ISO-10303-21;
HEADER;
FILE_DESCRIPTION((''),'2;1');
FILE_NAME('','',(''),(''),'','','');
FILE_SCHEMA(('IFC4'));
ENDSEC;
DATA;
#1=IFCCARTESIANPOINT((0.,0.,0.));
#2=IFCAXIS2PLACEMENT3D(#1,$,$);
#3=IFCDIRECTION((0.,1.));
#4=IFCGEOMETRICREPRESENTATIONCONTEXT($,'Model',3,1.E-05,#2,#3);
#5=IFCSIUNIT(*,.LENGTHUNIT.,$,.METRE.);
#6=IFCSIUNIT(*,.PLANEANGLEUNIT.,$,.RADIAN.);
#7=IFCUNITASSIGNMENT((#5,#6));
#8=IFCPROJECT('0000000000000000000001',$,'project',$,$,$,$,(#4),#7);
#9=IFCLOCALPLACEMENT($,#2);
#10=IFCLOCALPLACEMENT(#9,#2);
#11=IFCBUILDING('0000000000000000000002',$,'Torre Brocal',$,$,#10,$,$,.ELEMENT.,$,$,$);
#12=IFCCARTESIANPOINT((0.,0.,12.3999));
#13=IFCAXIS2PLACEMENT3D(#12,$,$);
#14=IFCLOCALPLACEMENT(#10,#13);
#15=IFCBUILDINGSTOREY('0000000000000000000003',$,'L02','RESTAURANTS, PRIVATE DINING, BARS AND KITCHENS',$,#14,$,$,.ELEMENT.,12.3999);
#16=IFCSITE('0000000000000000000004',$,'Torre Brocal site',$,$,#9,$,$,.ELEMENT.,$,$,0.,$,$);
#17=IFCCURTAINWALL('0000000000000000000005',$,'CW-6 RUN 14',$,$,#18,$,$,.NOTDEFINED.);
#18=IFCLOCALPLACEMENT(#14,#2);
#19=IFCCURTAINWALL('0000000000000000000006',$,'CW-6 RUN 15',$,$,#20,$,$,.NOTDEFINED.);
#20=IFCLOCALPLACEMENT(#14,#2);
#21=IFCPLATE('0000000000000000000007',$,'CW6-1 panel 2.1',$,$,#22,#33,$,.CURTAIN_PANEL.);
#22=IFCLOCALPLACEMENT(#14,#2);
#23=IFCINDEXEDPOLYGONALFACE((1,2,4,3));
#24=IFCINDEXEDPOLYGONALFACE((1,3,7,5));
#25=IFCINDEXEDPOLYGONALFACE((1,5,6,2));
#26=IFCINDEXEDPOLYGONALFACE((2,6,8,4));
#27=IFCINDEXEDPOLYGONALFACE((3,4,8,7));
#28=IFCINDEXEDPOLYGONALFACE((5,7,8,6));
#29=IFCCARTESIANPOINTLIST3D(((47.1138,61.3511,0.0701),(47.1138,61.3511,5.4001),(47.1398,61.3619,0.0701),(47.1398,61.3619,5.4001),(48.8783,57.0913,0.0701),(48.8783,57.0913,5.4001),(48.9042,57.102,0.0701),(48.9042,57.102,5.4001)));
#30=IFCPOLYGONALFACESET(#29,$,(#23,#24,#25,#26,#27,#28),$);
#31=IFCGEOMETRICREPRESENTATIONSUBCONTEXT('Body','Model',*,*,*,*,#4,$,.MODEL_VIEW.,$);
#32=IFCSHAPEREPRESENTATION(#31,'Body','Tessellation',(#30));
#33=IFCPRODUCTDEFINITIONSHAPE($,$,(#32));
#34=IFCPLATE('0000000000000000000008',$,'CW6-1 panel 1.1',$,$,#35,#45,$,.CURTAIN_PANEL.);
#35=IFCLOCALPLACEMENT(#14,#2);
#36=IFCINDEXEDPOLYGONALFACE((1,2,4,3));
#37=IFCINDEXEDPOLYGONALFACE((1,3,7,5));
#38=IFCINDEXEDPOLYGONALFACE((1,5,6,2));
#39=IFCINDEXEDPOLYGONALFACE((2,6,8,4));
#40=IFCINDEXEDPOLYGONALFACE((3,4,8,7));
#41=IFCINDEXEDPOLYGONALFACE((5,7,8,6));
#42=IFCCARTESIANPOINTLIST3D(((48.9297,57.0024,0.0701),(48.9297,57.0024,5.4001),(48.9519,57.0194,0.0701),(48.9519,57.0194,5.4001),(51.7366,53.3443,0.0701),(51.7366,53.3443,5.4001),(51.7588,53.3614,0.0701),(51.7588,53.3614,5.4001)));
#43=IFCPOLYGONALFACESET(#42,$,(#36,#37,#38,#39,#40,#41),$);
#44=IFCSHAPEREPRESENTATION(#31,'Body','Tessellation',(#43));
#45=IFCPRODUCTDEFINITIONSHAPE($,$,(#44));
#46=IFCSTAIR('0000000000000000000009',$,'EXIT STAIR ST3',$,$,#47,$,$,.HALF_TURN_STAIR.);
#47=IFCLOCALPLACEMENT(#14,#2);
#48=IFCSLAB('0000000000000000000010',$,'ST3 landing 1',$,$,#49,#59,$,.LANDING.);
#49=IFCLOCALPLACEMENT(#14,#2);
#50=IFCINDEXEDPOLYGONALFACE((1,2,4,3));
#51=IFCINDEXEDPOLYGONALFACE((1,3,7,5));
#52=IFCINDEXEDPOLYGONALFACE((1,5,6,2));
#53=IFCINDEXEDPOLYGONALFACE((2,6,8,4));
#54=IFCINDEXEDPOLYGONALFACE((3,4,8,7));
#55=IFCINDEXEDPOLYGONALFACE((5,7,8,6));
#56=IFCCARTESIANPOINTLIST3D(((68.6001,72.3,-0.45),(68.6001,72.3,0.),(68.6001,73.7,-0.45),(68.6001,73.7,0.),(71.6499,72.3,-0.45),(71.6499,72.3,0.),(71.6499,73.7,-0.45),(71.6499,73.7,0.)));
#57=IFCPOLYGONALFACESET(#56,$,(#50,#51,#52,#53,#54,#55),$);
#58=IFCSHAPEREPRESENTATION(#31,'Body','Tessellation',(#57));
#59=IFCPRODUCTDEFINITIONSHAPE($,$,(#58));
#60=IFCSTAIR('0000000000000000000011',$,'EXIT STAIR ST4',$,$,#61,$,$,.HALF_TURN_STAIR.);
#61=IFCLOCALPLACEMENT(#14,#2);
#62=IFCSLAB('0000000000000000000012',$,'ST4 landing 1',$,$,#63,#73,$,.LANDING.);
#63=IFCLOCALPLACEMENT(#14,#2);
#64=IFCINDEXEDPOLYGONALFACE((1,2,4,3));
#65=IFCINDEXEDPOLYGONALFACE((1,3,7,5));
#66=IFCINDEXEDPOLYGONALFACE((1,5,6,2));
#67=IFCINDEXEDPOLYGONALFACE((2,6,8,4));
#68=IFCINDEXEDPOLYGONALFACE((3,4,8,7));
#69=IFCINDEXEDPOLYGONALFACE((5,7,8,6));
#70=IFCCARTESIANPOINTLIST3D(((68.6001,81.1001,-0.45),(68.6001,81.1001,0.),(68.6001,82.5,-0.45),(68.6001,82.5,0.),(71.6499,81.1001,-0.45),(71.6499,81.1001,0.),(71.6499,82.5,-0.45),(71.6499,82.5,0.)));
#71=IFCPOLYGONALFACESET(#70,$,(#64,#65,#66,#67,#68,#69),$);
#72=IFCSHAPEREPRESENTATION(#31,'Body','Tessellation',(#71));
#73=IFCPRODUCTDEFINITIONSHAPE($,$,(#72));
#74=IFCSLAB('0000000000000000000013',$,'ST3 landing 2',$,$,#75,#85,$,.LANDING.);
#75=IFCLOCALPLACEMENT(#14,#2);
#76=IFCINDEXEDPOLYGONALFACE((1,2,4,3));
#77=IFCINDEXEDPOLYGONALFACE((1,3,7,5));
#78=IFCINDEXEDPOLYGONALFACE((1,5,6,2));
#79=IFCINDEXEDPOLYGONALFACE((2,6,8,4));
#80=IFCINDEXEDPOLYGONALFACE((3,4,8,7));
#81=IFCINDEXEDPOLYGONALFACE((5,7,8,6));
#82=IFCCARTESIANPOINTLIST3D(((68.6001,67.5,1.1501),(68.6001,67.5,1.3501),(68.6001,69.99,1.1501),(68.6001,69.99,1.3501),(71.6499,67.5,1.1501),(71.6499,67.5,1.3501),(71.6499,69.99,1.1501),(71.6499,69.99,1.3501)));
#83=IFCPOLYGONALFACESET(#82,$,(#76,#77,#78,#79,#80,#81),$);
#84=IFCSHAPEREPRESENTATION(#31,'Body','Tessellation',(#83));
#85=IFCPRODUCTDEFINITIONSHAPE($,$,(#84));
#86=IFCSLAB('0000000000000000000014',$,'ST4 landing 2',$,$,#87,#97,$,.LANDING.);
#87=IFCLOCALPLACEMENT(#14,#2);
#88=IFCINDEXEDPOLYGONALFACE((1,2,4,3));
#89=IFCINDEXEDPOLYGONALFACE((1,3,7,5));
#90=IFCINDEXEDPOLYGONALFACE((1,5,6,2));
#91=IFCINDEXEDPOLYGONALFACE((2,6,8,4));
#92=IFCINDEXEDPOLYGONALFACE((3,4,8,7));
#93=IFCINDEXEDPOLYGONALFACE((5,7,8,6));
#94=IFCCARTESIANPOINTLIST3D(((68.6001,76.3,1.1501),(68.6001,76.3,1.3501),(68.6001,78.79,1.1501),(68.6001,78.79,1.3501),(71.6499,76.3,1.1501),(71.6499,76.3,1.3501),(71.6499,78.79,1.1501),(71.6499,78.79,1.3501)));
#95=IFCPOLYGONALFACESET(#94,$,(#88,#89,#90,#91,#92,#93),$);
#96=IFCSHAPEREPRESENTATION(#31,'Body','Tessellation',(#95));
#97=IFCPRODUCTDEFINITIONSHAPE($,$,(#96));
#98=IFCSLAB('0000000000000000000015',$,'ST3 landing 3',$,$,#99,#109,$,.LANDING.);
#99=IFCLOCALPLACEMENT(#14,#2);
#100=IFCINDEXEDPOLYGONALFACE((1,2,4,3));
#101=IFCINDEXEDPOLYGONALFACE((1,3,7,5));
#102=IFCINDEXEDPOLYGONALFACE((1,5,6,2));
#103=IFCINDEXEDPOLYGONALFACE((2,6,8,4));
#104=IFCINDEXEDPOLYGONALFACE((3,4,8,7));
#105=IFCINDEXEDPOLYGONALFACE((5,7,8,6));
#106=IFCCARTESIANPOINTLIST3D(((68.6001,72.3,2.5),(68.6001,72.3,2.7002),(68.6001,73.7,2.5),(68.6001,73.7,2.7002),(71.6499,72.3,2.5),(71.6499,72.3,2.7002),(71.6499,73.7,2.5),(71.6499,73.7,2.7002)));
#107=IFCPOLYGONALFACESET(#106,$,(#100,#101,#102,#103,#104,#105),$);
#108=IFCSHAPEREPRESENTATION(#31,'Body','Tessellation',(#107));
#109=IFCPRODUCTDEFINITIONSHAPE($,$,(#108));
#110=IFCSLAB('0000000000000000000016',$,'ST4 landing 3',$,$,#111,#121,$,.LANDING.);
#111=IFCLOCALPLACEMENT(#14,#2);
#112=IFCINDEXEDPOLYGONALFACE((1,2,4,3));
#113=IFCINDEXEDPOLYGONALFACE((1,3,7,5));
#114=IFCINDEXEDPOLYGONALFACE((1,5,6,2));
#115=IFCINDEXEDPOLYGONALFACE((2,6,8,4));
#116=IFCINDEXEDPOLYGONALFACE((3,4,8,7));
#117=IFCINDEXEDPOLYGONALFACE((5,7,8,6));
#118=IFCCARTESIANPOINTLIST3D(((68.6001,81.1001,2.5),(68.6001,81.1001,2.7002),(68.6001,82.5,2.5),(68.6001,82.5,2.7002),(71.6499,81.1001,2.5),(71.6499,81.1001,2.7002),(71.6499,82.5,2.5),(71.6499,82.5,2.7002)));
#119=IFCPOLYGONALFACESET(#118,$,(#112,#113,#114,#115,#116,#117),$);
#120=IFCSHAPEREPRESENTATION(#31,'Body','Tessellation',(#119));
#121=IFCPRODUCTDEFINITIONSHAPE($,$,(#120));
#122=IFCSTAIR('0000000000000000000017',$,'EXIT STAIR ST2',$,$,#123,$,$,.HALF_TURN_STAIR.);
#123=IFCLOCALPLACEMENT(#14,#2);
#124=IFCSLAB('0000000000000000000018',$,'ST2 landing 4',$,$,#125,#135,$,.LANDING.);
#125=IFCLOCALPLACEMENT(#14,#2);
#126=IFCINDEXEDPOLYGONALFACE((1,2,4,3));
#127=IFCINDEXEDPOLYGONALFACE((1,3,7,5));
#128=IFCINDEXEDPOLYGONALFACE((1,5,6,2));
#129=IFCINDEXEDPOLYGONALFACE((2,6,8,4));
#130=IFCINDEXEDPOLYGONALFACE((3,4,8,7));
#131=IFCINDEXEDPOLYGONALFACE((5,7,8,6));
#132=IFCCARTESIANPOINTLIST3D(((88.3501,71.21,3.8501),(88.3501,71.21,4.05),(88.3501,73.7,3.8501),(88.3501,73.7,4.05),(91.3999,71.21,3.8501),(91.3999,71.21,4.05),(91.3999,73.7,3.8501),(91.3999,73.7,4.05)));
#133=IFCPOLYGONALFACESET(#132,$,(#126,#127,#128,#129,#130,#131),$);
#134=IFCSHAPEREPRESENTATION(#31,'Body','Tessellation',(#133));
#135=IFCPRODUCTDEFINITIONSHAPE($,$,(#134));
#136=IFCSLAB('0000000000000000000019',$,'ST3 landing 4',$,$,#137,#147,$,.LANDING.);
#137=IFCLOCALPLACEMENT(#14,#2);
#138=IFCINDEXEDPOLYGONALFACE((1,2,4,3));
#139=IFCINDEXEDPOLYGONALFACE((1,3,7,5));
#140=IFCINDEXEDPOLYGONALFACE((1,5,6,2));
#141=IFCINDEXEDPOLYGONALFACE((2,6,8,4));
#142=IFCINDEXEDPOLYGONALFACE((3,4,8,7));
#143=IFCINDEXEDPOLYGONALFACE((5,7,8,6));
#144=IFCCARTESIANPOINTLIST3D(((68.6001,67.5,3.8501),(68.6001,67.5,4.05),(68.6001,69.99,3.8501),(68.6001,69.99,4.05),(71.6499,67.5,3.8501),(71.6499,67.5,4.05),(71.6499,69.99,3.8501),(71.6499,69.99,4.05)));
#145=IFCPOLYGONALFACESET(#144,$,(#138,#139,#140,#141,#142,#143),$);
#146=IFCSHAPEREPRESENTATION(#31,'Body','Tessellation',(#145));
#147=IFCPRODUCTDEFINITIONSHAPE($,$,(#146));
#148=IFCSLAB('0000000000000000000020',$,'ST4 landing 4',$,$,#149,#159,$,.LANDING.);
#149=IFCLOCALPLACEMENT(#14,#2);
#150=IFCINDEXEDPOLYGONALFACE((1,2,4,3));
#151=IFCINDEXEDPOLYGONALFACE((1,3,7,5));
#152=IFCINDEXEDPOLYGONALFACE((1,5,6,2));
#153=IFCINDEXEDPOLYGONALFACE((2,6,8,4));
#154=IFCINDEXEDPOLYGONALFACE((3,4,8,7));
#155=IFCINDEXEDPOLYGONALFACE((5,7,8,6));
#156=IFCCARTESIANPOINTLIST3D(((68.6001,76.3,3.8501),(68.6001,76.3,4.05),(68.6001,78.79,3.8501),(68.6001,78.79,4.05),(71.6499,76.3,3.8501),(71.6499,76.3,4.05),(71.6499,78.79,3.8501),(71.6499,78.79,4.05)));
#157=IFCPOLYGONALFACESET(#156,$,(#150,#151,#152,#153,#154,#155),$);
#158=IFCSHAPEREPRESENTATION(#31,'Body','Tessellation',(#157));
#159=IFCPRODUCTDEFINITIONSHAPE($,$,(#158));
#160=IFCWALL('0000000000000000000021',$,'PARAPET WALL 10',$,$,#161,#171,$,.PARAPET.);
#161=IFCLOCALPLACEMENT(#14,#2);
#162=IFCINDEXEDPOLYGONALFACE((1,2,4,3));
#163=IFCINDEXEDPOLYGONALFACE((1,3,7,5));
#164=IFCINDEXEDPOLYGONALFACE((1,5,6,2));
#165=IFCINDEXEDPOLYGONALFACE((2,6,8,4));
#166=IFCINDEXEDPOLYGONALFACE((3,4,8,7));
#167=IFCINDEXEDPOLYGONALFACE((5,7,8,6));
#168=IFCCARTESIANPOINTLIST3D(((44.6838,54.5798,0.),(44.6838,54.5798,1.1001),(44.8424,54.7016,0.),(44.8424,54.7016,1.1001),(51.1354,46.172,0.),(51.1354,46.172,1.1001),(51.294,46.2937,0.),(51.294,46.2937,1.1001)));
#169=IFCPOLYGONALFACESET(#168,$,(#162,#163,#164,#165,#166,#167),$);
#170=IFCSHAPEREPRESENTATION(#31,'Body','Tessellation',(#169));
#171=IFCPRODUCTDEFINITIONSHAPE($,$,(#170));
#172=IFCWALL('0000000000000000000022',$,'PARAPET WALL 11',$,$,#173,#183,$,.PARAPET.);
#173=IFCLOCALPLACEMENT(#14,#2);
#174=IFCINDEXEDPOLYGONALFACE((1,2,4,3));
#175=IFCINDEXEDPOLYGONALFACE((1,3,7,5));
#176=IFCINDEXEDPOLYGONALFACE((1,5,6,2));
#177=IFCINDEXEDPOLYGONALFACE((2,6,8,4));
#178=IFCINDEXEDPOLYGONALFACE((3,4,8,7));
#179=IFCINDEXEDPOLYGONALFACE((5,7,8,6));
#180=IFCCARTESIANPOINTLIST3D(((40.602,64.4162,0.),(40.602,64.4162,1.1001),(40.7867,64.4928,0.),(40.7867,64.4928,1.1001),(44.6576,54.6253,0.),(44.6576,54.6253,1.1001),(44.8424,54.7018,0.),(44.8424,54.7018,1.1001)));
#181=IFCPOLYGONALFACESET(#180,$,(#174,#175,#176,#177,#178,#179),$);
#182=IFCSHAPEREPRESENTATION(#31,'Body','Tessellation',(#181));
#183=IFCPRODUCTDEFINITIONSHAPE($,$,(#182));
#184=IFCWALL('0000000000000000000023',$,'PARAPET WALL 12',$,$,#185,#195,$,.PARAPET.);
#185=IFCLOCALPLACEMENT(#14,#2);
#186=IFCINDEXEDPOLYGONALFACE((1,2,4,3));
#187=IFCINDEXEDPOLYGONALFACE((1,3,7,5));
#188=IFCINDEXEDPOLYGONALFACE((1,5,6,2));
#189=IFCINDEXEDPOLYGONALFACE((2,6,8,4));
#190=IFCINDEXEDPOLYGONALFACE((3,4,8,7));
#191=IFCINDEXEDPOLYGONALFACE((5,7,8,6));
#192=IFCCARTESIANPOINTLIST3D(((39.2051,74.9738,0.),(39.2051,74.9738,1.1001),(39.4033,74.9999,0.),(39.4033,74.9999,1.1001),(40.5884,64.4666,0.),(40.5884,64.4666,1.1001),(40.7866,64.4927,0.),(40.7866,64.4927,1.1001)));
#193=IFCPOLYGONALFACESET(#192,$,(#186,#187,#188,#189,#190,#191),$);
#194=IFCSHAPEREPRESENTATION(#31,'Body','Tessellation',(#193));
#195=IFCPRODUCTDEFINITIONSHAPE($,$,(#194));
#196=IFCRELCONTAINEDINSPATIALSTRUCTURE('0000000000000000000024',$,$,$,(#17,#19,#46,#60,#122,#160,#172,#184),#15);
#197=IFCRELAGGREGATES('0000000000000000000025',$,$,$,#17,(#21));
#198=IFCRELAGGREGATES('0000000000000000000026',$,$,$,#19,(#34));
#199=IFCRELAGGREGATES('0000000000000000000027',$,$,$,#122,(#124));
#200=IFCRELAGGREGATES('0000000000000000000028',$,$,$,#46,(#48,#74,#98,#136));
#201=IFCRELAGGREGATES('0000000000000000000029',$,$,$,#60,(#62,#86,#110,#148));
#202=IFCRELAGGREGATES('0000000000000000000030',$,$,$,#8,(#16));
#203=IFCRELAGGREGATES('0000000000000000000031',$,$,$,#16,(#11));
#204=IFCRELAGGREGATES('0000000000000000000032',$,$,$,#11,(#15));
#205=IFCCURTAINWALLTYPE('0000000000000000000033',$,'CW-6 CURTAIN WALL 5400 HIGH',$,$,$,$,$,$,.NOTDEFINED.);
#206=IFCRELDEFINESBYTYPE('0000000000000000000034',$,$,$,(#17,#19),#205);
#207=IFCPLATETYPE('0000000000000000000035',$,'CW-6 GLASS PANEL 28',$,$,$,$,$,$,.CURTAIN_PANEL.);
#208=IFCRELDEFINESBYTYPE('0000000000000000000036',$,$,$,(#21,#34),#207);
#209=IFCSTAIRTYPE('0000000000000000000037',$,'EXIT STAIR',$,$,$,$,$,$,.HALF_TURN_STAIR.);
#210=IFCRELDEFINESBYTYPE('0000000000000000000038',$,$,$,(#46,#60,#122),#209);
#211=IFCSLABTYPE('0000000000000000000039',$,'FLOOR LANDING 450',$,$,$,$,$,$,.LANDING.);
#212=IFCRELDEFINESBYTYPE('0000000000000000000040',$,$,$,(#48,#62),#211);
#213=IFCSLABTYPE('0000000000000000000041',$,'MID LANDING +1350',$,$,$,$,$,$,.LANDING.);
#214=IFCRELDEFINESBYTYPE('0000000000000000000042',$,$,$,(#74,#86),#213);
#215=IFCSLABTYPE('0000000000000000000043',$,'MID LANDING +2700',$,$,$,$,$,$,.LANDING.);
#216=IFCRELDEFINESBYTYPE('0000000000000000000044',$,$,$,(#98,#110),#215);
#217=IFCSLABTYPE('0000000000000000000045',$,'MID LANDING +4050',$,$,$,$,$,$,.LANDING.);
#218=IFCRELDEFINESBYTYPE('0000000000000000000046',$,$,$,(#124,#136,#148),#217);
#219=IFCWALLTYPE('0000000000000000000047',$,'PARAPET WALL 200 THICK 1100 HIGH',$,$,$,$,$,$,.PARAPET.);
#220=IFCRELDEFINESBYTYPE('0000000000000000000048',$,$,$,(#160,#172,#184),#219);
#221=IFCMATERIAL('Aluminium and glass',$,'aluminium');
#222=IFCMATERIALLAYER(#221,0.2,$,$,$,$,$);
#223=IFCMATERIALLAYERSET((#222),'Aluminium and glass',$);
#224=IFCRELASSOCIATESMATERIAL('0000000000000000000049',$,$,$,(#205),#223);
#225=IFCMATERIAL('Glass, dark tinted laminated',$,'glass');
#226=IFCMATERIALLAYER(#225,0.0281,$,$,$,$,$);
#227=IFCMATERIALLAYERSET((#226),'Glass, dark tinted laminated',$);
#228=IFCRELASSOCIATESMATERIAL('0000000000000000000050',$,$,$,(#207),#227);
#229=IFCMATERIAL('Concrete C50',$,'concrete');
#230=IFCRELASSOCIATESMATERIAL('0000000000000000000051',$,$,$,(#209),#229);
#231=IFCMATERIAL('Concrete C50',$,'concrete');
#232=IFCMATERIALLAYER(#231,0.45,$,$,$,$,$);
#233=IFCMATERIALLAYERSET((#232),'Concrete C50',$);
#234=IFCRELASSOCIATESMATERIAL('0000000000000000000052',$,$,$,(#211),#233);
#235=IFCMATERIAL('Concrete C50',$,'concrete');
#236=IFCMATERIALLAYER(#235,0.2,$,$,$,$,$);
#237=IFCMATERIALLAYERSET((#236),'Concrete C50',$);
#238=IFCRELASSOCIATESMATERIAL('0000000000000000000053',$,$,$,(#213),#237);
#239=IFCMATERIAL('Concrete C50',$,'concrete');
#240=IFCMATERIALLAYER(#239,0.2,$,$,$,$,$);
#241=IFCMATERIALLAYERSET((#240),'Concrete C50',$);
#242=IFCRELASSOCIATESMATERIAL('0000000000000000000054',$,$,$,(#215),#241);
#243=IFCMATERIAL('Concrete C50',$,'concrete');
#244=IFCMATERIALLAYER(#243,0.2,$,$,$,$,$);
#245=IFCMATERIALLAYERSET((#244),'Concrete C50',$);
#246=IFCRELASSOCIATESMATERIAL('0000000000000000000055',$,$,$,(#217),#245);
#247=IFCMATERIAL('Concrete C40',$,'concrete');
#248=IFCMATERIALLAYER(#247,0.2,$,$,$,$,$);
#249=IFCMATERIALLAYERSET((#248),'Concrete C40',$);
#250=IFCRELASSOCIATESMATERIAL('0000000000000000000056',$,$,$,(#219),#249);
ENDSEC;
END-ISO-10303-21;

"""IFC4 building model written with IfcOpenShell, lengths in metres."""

from ifc_helpers import new_model, si_unit, direction, frame, frame_2d, origin, origin_2d, place, context, subcontext, project, spatial, polyline, rectangle, outline, extrude, material, layer, layer_set, type_object, element, aggregate, save


model = new_model("IFC4")

# Units and contexts
model_context = context("Model", 3, precision=1e-05, world=origin(), true_north=direction((0.0, 1.0)))
body_context = subcontext(model_context, "Body", "Model", "MODEL_VIEW")
ifc_project = project(units=[si_unit("LENGTHUNIT", "METRE"), si_unit("PLANEANGLEUNIT", "RADIAN")], contexts=[model_context])

# Site, building, storey
site_placement = place(None, origin())
site = spatial("IfcSite", under=ifc_project, at=site_placement, Name="Torre Brocal site", CompositionType="ELEMENT", RefElevation=0.0)
building_placement = place(site_placement, origin())
building = spatial("IfcBuilding", under=site, at=building_placement, Name="Torre Brocal", CompositionType="ELEMENT")
storey_placement = place(building_placement, frame((0.0, 0.0, 12.3999)))
storey = spatial("IfcBuildingStorey", under=building, at=storey_placement, Name="L02", Description="RESTAURANTS, PRIVATE DINING, BARS AND KITCHENS", CompositionType="ELEMENT", Elevation=12.3999)

# Curtain walls
ifc_material_1 = material(Name="Aluminium and glass", Category="aluminium")
ifc_layer_1 = layer(ifc_material_1, 0.2)
ifc_layer_set_1 = layer_set([ifc_layer_1], Name="Aluminium and glass")
curtain_wall_type = type_object("IfcCurtainWallType", Name="CW-6 CURTAIN WALL 5400 HIGH", PredefinedType="NOTDEFINED", material=ifc_layer_set_1)
curtain_wall_1_placement = place(storey_placement, origin())
curtain_wall_1 = element("IfcCurtainWall", 1, at=curtain_wall_1_placement, inside=storey, type_object=curtain_wall_type, Name="CW-6 RUN 14", PredefinedType="NOTDEFINED")
curtain_wall_2_placement = place(storey_placement, origin())
curtain_wall_2 = element("IfcCurtainWall", 2, at=curtain_wall_2_placement, inside=storey, type_object=curtain_wall_type, Name="CW-6 RUN 15", PredefinedType="NOTDEFINED")

# Plates
ifc_material_2 = material(Name="Glass, dark tinted laminated", Category="glass")
ifc_layer_2 = layer(ifc_material_2, 0.0281)
ifc_layer_set_2 = layer_set([ifc_layer_2], Name="Glass, dark tinted laminated")
plate_type = type_object("IfcPlateType", Name="CW-6 GLASS PANEL 28", PredefinedType="CURTAIN_PANEL", material=ifc_layer_set_2)
plate_1_placement = place(storey_placement, frame((48.009, 59.2266, 0.0701), z_axis=(0.0, 0.0, 1.0), x_axis=(0.382683, -0.92388, 0.0)))
plate_1 = element("IfcPlate", 3, at=plate_1_placement, type_object=plate_type, Name="CW6-1 panel 2.1", PredefinedType="CURTAIN_PANEL", context=body_context, shape_type="SweptSolid", body=[
    extrude(rectangle(XDim=4.6108, YDim=0.0281, at=origin_2d()), origin(), (0.0, 0.0, 1.0), 5.3301),
])
aggregate(curtain_wall_1, [plate_1])
plate_2_placement = place(storey_placement, frame((50.3442, 55.1819, 0.0701), z_axis=(0.0, 0.0, 1.0), x_axis=(0.608761, -0.793353, 0.0)))
plate_2 = element("IfcPlate", 4, at=plate_2_placement, type_object=plate_type, Name="CW6-1 panel 1.1", PredefinedType="CURTAIN_PANEL", context=body_context, shape_type="SweptSolid", body=[
    extrude(rectangle(XDim=4.6108, YDim=0.0281, at=origin_2d()), origin(), (0.0, 0.0, 1.0), 5.3301),
])
aggregate(curtain_wall_2, [plate_2])

# Stairs, slabs
ifc_material_3 = material(Name="Concrete C50", Category="concrete")
stair_type = type_object("IfcStairType", Name="EXIT STAIR", PredefinedType="HALF_TURN_STAIR", material=ifc_material_3)
stair_1_placement = place(storey_placement, origin())
stair_1 = element("IfcStair", 5, at=stair_1_placement, inside=storey, type_object=stair_type, Name="EXIT STAIR ST3", PredefinedType="HALF_TURN_STAIR")
ifc_material_4 = material(Name="Concrete C50", Category="concrete")
ifc_layer_3 = layer(ifc_material_4, 0.45)
ifc_layer_set_3 = layer_set([ifc_layer_3], Name="Concrete C50")
slab_type_1 = type_object("IfcSlabType", Name="FLOOR LANDING 450", PredefinedType="LANDING", material=ifc_layer_set_3)
slab_1_placement = place(storey_placement, frame((0.0, 0.0, -0.45)))
slab_1 = element("IfcSlab", 6, at=slab_1_placement, type_object=slab_type_1, Name="ST3 landing 1", PredefinedType="LANDING", context=body_context, shape_type="SweptSolid", body=[
    extrude(outline(polyline([(71.6499, 73.7), (68.6001, 73.7), (68.6001, 72.3), (71.6499, 72.3), (71.6499, 73.7)])), origin(), (0.0, 0.0, 1.0), 0.45),
])
stair_2_placement = place(storey_placement, origin())
stair_2 = element("IfcStair", 7, at=stair_2_placement, inside=storey, type_object=stair_type, Name="EXIT STAIR ST4", PredefinedType="HALF_TURN_STAIR")
slab_2_placement = place(storey_placement, frame((0.0, 0.0, -0.45)))
slab_2 = element("IfcSlab", 8, at=slab_2_placement, type_object=slab_type_1, Name="ST4 landing 1", PredefinedType="LANDING", context=body_context, shape_type="SweptSolid", body=[
    extrude(outline(polyline([(71.6499, 82.5), (68.6001, 82.5), (68.6001, 81.1001), (71.6499, 81.1001), (71.6499, 82.5)])), origin(), (0.0, 0.0, 1.0), 0.45),
])

# Slabs
ifc_material_5 = material(Name="Concrete C50", Category="concrete")
ifc_layer_4 = layer(ifc_material_5, 0.2)
ifc_layer_set_4 = layer_set([ifc_layer_4], Name="Concrete C50")
slab_type_2 = type_object("IfcSlabType", Name="MID LANDING +1350", PredefinedType="LANDING", material=ifc_layer_set_4)
slab_3_placement = place(storey_placement, frame((0.0, 0.0, 1.1501)))
slab_3 = element("IfcSlab", 9, at=slab_3_placement, type_object=slab_type_2, Name="ST3 landing 2", PredefinedType="LANDING", context=body_context, shape_type="SweptSolid", body=[
    extrude(outline(polyline([(71.6499, 69.99), (68.6001, 69.99), (68.6001, 67.5), (71.6499, 67.5), (71.6499, 69.99)])), origin(), (0.0, 0.0, 1.0), 0.2),
])
slab_4_placement = place(storey_placement, frame((0.0, 0.0, 1.1501)))
slab_4 = element("IfcSlab", 10, at=slab_4_placement, type_object=slab_type_2, Name="ST4 landing 2", PredefinedType="LANDING", context=body_context, shape_type="SweptSolid", body=[
    extrude(outline(polyline([(71.6499, 78.79), (68.6001, 78.79), (68.6001, 76.3), (71.6499, 76.3), (71.6499, 78.79)])), origin(), (0.0, 0.0, 1.0), 0.2),
])
ifc_material_6 = material(Name="Concrete C50", Category="concrete")
ifc_layer_5 = layer(ifc_material_6, 0.2)
ifc_layer_set_5 = layer_set([ifc_layer_5], Name="Concrete C50")
slab_type_3 = type_object("IfcSlabType", Name="MID LANDING +2700", PredefinedType="LANDING", material=ifc_layer_set_5)
slab_5_placement = place(storey_placement, frame((0.0, 0.0, 2.5)))
slab_5 = element("IfcSlab", 11, at=slab_5_placement, type_object=slab_type_3, Name="ST3 landing 3", PredefinedType="LANDING", context=body_context, shape_type="SweptSolid", body=[
    extrude(outline(polyline([(71.6499, 73.7), (68.6001, 73.7), (68.6001, 72.3), (71.6499, 72.3), (71.6499, 73.7)])), origin(), (0.0, 0.0, 1.0), 0.2002),
])
slab_6_placement = place(storey_placement, frame((0.0, 0.0, 2.5)))
slab_6 = element("IfcSlab", 12, at=slab_6_placement, type_object=slab_type_3, Name="ST4 landing 3", PredefinedType="LANDING", context=body_context, shape_type="SweptSolid", body=[
    extrude(outline(polyline([(71.6499, 82.5), (68.6001, 82.5), (68.6001, 81.1001), (71.6499, 81.1001), (71.6499, 82.5)])), origin(), (0.0, 0.0, 1.0), 0.2002),
])

# Stair, slab
stair_3_placement = place(storey_placement, origin())
stair_3 = element("IfcStair", 13, at=stair_3_placement, inside=storey, type_object=stair_type, Name="EXIT STAIR ST2", PredefinedType="HALF_TURN_STAIR")
ifc_material_7 = material(Name="Concrete C50", Category="concrete")
ifc_layer_6 = layer(ifc_material_7, 0.2)
ifc_layer_set_6 = layer_set([ifc_layer_6], Name="Concrete C50")
slab_type_4 = type_object("IfcSlabType", Name="MID LANDING +4050", PredefinedType="LANDING", material=ifc_layer_set_6)
slab_7_placement = place(storey_placement, frame((0.0, 0.0, 3.8501)))
slab_7 = element("IfcSlab", 14, at=slab_7_placement, type_object=slab_type_4, Name="ST2 landing 4", PredefinedType="LANDING", context=body_context, shape_type="SweptSolid", body=[
    extrude(outline(polyline([(88.3501, 71.21), (91.3999, 71.21), (91.3999, 73.7), (88.3501, 73.7), (88.3501, 71.21)])), origin(), (0.0, 0.0, 1.0), 0.2),
])
aggregate(stair_3, [slab_7])

# Slabs
slab_8_placement = place(storey_placement, frame((0.0, 0.0, 3.8501)))
slab_8 = element("IfcSlab", 15, at=slab_8_placement, type_object=slab_type_4, Name="ST3 landing 4", PredefinedType="LANDING", context=body_context, shape_type="SweptSolid", body=[
    extrude(outline(polyline([(71.6499, 69.99), (68.6001, 69.99), (68.6001, 67.5), (71.6499, 67.5), (71.6499, 69.99)])), origin(), (0.0, 0.0, 1.0), 0.2),
])
aggregate(stair_1, [slab_1, slab_3, slab_5, slab_8])
slab_9_placement = place(storey_placement, frame((0.0, 0.0, 3.8501)))
slab_9 = element("IfcSlab", 16, at=slab_9_placement, type_object=slab_type_4, Name="ST4 landing 4", PredefinedType="LANDING", context=body_context, shape_type="SweptSolid", body=[
    extrude(outline(polyline([(71.6499, 78.79), (68.6001, 78.79), (68.6001, 76.3), (71.6499, 76.3), (71.6499, 78.79)])), origin(), (0.0, 0.0, 1.0), 0.2),
])
aggregate(stair_2, [slab_2, slab_4, slab_6, slab_9])

# Walls
ifc_material_8 = material(Name="Concrete C40", Category="concrete")
ifc_layer_7 = layer(ifc_material_8, 0.2)
ifc_layer_set_7 = layer_set([ifc_layer_7], Name="Concrete C40")
wall_type_1 = type_object("IfcWallType", Name="PARAPET WALL 200 THICK 1100 HIGH", PredefinedType="PARAPET", material=ifc_layer_set_7)
wall_1_placement = place(storey_placement, frame((51.2146, 46.2329, 0.0), z_axis=(0.0, 0.0, 1.0), x_axis=(-0.608762, 0.793353, 0.0)))
element("IfcWall", 17, at=wall_1_placement, inside=storey, type_object=wall_type_1, Name="PARAPET WALL 10", PredefinedType="PARAPET", context=body_context, shape_type="SweptSolid", body=[
    extrude(rectangle(XDim=10.5979, YDim=0.2, at=frame_2d((5.2988, 0.0))), origin(), (0.0, 0.0, 1.0), 1.1001),
])
wall_2_placement = place(storey_placement, frame((44.75, 54.6636, 0.0), z_axis=(0.0, 0.0, 1.0), x_axis=(-0.382691, 0.923876, 0.0)))
element("IfcWall", 18, at=wall_2_placement, inside=storey, type_object=wall_type_1, Name="PARAPET WALL 11", PredefinedType="PARAPET", context=body_context, shape_type="SweptSolid", body=[
    extrude(rectangle(XDim=10.5977, YDim=0.2, at=frame_2d((5.2988, 0.0))), origin(), (0.0, 0.0, 1.0), 1.1001),
])
wall_3_placement = place(storey_placement, frame((40.6875, 64.4797, 0.0), z_axis=(0.0, 0.0, 1.0), x_axis=(-0.130525, 0.991445, 0.0)))
element("IfcWall", 19, at=wall_3_placement, inside=storey, type_object=wall_type_1, Name="PARAPET WALL 12", PredefinedType="PARAPET", context=body_context, shape_type="SweptSolid", body=[
    extrude(rectangle(XDim=10.5979, YDim=0.2, at=frame_2d((5.2988, 0.0))), origin(), (0.0, 0.0, 1.0), 1.1001),
])

save(model, "model.ifc")
